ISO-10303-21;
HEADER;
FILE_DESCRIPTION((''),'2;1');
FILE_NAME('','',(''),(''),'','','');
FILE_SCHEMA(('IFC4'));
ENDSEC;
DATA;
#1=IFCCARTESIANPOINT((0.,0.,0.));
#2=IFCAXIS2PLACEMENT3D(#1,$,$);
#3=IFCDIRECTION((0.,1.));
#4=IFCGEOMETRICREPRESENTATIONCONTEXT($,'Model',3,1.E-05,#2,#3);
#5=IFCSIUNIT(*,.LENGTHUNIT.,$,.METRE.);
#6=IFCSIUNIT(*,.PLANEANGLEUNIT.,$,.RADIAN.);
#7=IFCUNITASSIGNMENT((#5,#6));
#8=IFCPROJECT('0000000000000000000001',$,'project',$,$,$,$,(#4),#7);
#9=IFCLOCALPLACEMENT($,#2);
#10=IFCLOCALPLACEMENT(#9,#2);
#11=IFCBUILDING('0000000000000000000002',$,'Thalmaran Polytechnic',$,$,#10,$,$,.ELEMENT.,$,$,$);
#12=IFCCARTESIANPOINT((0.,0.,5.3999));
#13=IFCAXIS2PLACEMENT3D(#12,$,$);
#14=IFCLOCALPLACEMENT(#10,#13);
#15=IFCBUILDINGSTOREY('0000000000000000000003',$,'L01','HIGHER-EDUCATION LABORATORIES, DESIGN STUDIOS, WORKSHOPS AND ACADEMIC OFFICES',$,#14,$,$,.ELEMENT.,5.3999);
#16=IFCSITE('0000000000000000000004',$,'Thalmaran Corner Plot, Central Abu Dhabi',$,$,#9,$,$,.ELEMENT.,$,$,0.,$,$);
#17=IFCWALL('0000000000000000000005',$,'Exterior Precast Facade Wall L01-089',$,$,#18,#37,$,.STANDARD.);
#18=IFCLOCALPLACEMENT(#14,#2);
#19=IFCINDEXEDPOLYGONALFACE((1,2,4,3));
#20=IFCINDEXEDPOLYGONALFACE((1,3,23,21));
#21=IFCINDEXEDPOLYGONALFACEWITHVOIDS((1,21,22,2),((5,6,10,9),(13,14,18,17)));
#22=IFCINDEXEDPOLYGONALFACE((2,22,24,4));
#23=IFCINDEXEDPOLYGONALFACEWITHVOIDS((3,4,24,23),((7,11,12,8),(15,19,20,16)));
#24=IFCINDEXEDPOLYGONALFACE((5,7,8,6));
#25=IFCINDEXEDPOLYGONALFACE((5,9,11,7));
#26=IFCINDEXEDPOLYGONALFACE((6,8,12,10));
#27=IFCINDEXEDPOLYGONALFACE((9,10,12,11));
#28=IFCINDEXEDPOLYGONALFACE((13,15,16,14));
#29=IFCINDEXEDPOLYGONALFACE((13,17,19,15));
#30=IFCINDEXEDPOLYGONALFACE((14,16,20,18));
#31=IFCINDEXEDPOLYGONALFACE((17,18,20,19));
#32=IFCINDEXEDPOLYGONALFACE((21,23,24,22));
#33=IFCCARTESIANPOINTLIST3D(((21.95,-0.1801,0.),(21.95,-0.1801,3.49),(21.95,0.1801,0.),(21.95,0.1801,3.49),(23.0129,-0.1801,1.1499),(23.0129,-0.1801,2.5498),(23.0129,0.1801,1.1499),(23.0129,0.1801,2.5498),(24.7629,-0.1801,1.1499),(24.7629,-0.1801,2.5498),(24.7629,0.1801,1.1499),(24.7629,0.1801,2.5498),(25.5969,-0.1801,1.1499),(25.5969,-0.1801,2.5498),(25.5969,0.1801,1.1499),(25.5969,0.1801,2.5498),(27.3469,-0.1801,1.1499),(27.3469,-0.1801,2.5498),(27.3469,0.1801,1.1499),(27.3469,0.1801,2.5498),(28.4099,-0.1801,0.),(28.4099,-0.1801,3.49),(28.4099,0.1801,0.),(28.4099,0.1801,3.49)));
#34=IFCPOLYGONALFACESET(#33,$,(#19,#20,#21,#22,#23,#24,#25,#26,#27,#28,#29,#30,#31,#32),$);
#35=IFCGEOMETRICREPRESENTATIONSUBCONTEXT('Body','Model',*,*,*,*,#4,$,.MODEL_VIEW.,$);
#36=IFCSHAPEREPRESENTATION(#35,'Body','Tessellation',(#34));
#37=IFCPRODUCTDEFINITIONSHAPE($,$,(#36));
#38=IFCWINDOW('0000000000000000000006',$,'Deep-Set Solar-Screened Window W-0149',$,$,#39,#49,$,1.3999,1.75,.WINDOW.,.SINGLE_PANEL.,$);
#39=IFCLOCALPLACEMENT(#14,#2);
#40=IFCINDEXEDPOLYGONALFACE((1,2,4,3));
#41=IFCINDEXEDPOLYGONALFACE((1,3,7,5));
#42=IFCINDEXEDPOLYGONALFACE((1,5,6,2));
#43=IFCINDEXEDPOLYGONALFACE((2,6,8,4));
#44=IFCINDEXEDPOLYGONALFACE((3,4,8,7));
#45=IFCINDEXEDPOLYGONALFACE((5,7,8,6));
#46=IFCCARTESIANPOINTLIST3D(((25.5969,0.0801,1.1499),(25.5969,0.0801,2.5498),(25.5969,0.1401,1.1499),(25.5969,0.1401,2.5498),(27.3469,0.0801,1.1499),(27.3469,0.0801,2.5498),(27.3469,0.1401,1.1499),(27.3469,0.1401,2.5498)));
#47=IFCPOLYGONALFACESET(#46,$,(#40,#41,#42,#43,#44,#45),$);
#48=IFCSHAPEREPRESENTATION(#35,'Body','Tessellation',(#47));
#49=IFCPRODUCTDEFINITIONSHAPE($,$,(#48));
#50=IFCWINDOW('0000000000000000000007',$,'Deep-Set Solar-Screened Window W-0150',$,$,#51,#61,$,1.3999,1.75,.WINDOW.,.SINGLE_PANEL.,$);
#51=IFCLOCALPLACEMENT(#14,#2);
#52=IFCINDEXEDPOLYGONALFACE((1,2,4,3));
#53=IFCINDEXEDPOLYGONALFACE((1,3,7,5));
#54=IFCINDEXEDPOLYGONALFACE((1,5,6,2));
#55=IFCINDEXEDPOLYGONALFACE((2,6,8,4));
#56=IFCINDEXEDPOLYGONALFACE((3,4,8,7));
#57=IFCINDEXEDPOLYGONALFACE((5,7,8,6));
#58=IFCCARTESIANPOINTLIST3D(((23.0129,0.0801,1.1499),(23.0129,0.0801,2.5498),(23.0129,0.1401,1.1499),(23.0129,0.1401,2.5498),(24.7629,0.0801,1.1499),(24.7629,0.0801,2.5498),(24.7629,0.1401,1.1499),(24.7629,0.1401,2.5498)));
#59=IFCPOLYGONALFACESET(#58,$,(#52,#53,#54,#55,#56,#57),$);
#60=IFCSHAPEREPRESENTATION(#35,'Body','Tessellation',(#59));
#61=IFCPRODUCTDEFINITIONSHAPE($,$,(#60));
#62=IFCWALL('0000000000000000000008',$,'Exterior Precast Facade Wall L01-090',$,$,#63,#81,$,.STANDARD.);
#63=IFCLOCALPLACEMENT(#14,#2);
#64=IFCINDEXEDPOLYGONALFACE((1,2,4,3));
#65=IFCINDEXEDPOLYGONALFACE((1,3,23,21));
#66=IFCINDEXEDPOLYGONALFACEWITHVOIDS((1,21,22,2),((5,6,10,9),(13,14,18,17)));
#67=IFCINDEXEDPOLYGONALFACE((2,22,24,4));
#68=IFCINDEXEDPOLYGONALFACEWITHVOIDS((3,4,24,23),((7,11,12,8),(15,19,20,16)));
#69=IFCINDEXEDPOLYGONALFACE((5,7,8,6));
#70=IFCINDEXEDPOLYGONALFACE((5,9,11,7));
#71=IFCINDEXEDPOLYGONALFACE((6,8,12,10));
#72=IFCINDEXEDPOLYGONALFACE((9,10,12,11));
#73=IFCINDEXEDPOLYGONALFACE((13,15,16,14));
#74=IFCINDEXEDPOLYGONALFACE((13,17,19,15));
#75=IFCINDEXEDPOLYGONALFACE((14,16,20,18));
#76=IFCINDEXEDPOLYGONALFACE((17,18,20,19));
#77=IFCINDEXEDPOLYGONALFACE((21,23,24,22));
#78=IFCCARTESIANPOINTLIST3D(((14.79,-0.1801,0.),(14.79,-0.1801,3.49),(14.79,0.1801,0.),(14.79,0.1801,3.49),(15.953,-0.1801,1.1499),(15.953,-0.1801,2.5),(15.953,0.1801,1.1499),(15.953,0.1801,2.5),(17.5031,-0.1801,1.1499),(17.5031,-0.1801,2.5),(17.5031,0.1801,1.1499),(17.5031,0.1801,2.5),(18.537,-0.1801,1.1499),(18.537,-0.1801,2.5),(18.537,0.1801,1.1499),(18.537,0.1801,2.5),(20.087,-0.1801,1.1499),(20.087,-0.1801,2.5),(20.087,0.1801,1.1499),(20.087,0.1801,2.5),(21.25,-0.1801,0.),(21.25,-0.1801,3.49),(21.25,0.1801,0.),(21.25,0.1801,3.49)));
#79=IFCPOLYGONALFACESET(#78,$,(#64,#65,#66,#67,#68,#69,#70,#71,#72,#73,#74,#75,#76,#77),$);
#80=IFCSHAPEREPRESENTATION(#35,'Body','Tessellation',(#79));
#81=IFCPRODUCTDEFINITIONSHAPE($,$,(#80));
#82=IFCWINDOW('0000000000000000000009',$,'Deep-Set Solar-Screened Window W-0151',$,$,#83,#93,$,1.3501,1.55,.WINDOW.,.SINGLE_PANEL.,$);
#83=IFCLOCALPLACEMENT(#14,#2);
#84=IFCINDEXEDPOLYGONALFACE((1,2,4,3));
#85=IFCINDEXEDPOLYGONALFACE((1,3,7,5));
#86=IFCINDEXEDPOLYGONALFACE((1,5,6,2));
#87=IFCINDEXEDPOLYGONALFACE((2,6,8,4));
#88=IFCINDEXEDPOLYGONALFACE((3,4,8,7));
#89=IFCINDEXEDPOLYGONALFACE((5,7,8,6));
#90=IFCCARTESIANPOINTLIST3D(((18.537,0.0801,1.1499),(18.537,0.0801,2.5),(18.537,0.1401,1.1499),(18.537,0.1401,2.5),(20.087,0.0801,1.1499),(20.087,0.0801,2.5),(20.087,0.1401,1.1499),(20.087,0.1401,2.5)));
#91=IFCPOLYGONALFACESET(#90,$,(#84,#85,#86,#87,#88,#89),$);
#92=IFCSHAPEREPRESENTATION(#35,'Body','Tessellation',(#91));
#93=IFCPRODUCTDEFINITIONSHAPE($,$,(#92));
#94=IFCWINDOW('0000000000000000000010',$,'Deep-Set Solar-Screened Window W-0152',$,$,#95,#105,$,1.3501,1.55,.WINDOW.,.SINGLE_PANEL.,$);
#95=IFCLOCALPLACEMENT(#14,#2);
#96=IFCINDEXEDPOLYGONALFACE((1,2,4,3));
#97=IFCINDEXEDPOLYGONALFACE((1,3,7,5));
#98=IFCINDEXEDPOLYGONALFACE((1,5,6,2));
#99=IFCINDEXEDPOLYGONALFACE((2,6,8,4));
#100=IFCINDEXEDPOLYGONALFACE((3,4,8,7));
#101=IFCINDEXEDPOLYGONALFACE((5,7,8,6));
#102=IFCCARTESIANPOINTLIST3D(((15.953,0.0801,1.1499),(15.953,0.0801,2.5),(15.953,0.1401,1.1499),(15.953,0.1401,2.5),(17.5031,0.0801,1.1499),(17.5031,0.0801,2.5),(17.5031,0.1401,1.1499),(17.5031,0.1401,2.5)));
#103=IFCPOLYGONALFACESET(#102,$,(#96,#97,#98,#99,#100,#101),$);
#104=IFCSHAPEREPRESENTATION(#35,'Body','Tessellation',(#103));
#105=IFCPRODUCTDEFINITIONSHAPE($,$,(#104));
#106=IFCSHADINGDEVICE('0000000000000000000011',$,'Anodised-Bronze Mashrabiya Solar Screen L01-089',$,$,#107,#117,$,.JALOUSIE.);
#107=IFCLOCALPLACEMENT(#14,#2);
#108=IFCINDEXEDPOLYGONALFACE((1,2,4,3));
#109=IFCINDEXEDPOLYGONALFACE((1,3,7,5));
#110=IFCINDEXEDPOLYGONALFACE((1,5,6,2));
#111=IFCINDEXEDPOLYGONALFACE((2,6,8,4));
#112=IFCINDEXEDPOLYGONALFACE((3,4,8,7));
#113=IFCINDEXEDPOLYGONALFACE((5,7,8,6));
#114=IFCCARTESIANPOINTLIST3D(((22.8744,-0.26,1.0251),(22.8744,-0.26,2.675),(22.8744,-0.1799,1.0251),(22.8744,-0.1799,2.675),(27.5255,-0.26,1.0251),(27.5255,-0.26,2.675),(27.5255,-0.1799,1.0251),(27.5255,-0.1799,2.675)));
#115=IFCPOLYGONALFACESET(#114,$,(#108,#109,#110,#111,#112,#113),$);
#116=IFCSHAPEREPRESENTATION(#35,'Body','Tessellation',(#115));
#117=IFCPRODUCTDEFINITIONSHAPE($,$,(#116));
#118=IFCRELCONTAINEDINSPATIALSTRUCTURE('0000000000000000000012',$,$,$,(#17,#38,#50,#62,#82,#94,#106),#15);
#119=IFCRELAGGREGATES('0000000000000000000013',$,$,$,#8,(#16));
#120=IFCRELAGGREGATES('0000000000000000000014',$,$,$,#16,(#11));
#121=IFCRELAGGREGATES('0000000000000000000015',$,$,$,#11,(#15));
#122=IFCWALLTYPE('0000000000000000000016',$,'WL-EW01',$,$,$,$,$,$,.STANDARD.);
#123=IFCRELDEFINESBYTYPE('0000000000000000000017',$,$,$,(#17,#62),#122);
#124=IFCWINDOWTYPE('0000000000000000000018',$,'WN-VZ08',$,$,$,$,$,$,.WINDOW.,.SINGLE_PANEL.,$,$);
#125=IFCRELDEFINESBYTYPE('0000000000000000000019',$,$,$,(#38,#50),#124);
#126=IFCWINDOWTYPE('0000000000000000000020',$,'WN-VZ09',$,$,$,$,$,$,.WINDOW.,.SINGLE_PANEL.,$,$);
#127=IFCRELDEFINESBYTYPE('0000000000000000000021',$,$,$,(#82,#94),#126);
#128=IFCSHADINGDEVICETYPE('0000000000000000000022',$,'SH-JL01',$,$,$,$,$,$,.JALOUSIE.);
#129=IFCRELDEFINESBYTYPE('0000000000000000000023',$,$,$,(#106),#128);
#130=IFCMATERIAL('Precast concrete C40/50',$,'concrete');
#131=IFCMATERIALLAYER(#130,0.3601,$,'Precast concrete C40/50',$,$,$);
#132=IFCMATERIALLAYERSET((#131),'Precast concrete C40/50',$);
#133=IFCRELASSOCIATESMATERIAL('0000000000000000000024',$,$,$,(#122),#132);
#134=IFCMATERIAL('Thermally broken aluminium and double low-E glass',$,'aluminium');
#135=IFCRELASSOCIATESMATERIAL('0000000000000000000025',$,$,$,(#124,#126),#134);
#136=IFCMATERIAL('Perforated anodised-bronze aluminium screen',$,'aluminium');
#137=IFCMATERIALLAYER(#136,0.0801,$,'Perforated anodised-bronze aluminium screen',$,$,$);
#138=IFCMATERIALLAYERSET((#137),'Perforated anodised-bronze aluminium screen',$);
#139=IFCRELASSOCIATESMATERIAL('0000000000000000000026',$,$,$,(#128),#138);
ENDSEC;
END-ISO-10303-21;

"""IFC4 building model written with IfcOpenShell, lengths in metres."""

from ifc_helpers import new_model, si_unit, direction, frame, frame_2d, origin, origin_2d, place, context, subcontext, project, spatial, rectangle, extrude, material, layer, layer_set, type_object, element, fill, save


model = new_model("IFC4")

# Units and contexts
model_context = context("Model", 3, precision=1e-05, world=origin(), true_north=direction((0.0, 1.0)))
body_context = subcontext(model_context, "Body", "Model", "MODEL_VIEW")
ifc_project = project(units=[si_unit("LENGTHUNIT", "METRE"), si_unit("PLANEANGLEUNIT", "RADIAN")], contexts=[model_context])

# Site, building, storey
site_placement = place(None, origin())
site = spatial("IfcSite", under=ifc_project, at=site_placement, Name="Thalmaran Corner Plot, Central Abu Dhabi", CompositionType="ELEMENT", RefElevation=0.0)
building_placement = place(site_placement, origin())
building = spatial("IfcBuilding", under=site, at=building_placement, Name="Thalmaran Polytechnic", CompositionType="ELEMENT")
storey_placement = place(building_placement, frame((0.0, 0.0, 5.3999)))
storey = spatial("IfcBuildingStorey", under=building, at=storey_placement, Name="L01", Description="HIGHER-EDUCATION LABORATORIES, DESIGN STUDIOS, WORKSHOPS AND ACADEMIC OFFICES", CompositionType="ELEMENT", Elevation=5.3999)

# Walls, openings, windows
ifc_material_1 = material(Name="Precast concrete C40/50", Category="concrete")
ifc_layer_1 = layer(ifc_material_1, 0.3601, Name="Precast concrete C40/50")
ifc_layer_set_1 = layer_set([ifc_layer_1], Name="Precast concrete C40/50")
wall_type = type_object("IfcWallType", Name="WL-EW01", PredefinedType="STANDARD", material=ifc_layer_set_1)
wall_1_placement = place(storey_placement, frame((28.4099, 0.0, 0.0), z_axis=(0.0, 0.0, 1.0), x_axis=(-1.0, 0.0, 0.0)))
wall_1 = element("IfcWall", 1, at=wall_1_placement, inside=storey, type_object=wall_type, Name="Exterior Precast Facade Wall L01-089", PredefinedType="STANDARD", context=body_context, shape_type="SweptSolid", body=[
    extrude(rectangle(XDim=6.46, YDim=0.3601, at=frame_2d((3.23, 0.0))), origin(), (0.0, 0.0, 1.0), 3.49),
])
opening_1_placement = place(wall_1_placement, frame((1.063, 0.0, 1.1499)))
opening_1 = element("IfcOpeningElement", 2, at=opening_1_placement, cuts=wall_1, PredefinedType="OPENING", context=body_context, shape_type="SweptSolid", body=[
    extrude(rectangle(XDim=1.75, YDim=1.3999, at=frame_2d((0.875, 0.7))), frame((0.0, 0.1899, 0.0), z_axis=(0.0, -1.0, 0.0), x_axis=(1.0, 0.0, 0.0)), (0.0, 0.0, 1.0), 0.3801),
])
opening_2_placement = place(wall_1_placement, frame((3.647, 0.0, 1.1499)))
opening_2 = element("IfcOpeningElement", 3, at=opening_2_placement, cuts=wall_1, PredefinedType="OPENING", context=body_context, shape_type="SweptSolid", body=[
    extrude(rectangle(XDim=1.75, YDim=1.3999, at=frame_2d((0.875, 0.7))), frame((0.0, 0.1899, 0.0), z_axis=(0.0, -1.0, 0.0), x_axis=(1.0, 0.0, 0.0)), (0.0, 0.0, 1.0), 0.3801),
])
ifc_material_2 = material(Name="Thermally broken aluminium and double low-E glass", Category="aluminium")
window_type_1 = type_object("IfcWindowType", Name="WN-VZ08", PartitioningType="SINGLE_PANEL", PredefinedType="WINDOW", material=ifc_material_2)
window_1_placement = place(opening_1_placement, origin())
window_1 = element("IfcWindow", 4, at=window_1_placement, inside=storey, type_object=window_type_1, Name="Deep-Set Solar-Screened Window W-0149", OverallHeight=1.3999, OverallWidth=1.75, PartitioningType="SINGLE_PANEL", PredefinedType="WINDOW", context=body_context, shape_type="SweptSolid", body=[
    extrude(rectangle(XDim=1.75, YDim=1.3999, at=frame_2d((0.875, 0.7))), frame((0.0, -0.0801, 0.0), z_axis=(0.0, -1.0, 0.0), x_axis=(1.0, 0.0, 0.0)), (0.0, 0.0, 1.0), 0.0601),
])
fill(opening_1, window_1)
window_2_placement = place(opening_2_placement, origin())
window_2 = element("IfcWindow", 5, at=window_2_placement, inside=storey, type_object=window_type_1, Name="Deep-Set Solar-Screened Window W-0150", OverallHeight=1.3999, OverallWidth=1.75, PartitioningType="SINGLE_PANEL", PredefinedType="WINDOW", context=body_context, shape_type="SweptSolid", body=[
    extrude(rectangle(XDim=1.75, YDim=1.3999, at=frame_2d((0.875, 0.7))), frame((0.0, -0.0801, 0.0), z_axis=(0.0, -1.0, 0.0), x_axis=(1.0, 0.0, 0.0)), (0.0, 0.0, 1.0), 0.0601),
])
fill(opening_2, window_2)
wall_2_placement = place(storey_placement, frame((21.25, 0.0, 0.0), z_axis=(0.0, 0.0, 1.0), x_axis=(-1.0, 0.0, 0.0)))
wall_2 = element("IfcWall", 6, at=wall_2_placement, inside=storey, type_object=wall_type, Name="Exterior Precast Facade Wall L01-090", PredefinedType="STANDARD", context=body_context, shape_type="SweptSolid", body=[
    extrude(rectangle(XDim=6.46, YDim=0.3601, at=frame_2d((3.23, 0.0))), origin(), (0.0, 0.0, 1.0), 3.49),
])
opening_3_placement = place(wall_2_placement, frame((1.1631, 0.0, 1.1499)))
opening_3 = element("IfcOpeningElement", 7, at=opening_3_placement, cuts=wall_2, PredefinedType="OPENING", context=body_context, shape_type="SweptSolid", body=[
    extrude(rectangle(XDim=1.55, YDim=1.3501, at=frame_2d((0.7749, 0.675))), frame((0.0, 0.1899, 0.0), z_axis=(0.0, -1.0, 0.0), x_axis=(1.0, 0.0, 0.0)), (0.0, 0.0, 1.0), 0.3801),
])
opening_4_placement = place(wall_2_placement, frame((3.7471, 0.0, 1.1499)))
opening_4 = element("IfcOpeningElement", 8, at=opening_4_placement, cuts=wall_2, PredefinedType="OPENING", context=body_context, shape_type="SweptSolid", body=[
    extrude(rectangle(XDim=1.55, YDim=1.3501, at=frame_2d((0.7749, 0.675))), frame((0.0, 0.1899, 0.0), z_axis=(0.0, -1.0, 0.0), x_axis=(1.0, 0.0, 0.0)), (0.0, 0.0, 1.0), 0.3801),
])
window_type_2 = type_object("IfcWindowType", Name="WN-VZ09", PartitioningType="SINGLE_PANEL", PredefinedType="WINDOW", material=ifc_material_2)
window_3_placement = place(opening_3_placement, origin())
window_3 = element("IfcWindow", 9, at=window_3_placement, inside=storey, type_object=window_type_2, Name="Deep-Set Solar-Screened Window W-0151", OverallHeight=1.3501, OverallWidth=1.55, PartitioningType="SINGLE_PANEL", PredefinedType="WINDOW", context=body_context, shape_type="SweptSolid", body=[
    extrude(rectangle(XDim=1.55, YDim=1.3501, at=frame_2d((0.7749, 0.675))), frame((0.0, -0.0801, 0.0), z_axis=(0.0, -1.0, 0.0), x_axis=(1.0, 0.0, 0.0)), (0.0, 0.0, 1.0), 0.0601),
])
fill(opening_3, window_3)
window_4_placement = place(opening_4_placement, origin())
window_4 = element("IfcWindow", 10, at=window_4_placement, inside=storey, type_object=window_type_2, Name="Deep-Set Solar-Screened Window W-0152", OverallHeight=1.3501, OverallWidth=1.55, PartitioningType="SINGLE_PANEL", PredefinedType="WINDOW", context=body_context, shape_type="SweptSolid", body=[
    extrude(rectangle(XDim=1.55, YDim=1.3501, at=frame_2d((0.7749, 0.675))), frame((0.0, -0.0801, 0.0), z_axis=(0.0, -1.0, 0.0), x_axis=(1.0, 0.0, 0.0)), (0.0, 0.0, 1.0), 0.0601),
])
fill(opening_4, window_4)

# Shading device
ifc_material_3 = material(Name="Perforated anodised-bronze aluminium screen", Category="aluminium")
ifc_layer_2 = layer(ifc_material_3, 0.0801, Name="Perforated anodised-bronze aluminium screen")
ifc_layer_set_2 = layer_set([ifc_layer_2], Name="Perforated anodised-bronze aluminium screen")
shading_device_type = type_object("IfcShadingDeviceType", Name="SH-JL01", PredefinedType="JALOUSIE", material=ifc_layer_set_2)
shading_device_placement = place(storey_placement, frame((25.2, -0.22, 1.0251), z_axis=(0.0, 0.0, 1.0), x_axis=(-1.0, 0.0, 0.0)))
element("IfcShadingDevice", 11, at=shading_device_placement, inside=storey, type_object=shading_device_type, Name="Anodised-Bronze Mashrabiya Solar Screen L01-089", PredefinedType="JALOUSIE", context=body_context, shape_type="SweptSolid", body=[
    extrude(rectangle(XDim=4.6511, YDim=0.0801, at=origin_2d()), origin(), (0.0, 0.0, 1.0), 1.6499),
])

save(model, "model.ifc")
